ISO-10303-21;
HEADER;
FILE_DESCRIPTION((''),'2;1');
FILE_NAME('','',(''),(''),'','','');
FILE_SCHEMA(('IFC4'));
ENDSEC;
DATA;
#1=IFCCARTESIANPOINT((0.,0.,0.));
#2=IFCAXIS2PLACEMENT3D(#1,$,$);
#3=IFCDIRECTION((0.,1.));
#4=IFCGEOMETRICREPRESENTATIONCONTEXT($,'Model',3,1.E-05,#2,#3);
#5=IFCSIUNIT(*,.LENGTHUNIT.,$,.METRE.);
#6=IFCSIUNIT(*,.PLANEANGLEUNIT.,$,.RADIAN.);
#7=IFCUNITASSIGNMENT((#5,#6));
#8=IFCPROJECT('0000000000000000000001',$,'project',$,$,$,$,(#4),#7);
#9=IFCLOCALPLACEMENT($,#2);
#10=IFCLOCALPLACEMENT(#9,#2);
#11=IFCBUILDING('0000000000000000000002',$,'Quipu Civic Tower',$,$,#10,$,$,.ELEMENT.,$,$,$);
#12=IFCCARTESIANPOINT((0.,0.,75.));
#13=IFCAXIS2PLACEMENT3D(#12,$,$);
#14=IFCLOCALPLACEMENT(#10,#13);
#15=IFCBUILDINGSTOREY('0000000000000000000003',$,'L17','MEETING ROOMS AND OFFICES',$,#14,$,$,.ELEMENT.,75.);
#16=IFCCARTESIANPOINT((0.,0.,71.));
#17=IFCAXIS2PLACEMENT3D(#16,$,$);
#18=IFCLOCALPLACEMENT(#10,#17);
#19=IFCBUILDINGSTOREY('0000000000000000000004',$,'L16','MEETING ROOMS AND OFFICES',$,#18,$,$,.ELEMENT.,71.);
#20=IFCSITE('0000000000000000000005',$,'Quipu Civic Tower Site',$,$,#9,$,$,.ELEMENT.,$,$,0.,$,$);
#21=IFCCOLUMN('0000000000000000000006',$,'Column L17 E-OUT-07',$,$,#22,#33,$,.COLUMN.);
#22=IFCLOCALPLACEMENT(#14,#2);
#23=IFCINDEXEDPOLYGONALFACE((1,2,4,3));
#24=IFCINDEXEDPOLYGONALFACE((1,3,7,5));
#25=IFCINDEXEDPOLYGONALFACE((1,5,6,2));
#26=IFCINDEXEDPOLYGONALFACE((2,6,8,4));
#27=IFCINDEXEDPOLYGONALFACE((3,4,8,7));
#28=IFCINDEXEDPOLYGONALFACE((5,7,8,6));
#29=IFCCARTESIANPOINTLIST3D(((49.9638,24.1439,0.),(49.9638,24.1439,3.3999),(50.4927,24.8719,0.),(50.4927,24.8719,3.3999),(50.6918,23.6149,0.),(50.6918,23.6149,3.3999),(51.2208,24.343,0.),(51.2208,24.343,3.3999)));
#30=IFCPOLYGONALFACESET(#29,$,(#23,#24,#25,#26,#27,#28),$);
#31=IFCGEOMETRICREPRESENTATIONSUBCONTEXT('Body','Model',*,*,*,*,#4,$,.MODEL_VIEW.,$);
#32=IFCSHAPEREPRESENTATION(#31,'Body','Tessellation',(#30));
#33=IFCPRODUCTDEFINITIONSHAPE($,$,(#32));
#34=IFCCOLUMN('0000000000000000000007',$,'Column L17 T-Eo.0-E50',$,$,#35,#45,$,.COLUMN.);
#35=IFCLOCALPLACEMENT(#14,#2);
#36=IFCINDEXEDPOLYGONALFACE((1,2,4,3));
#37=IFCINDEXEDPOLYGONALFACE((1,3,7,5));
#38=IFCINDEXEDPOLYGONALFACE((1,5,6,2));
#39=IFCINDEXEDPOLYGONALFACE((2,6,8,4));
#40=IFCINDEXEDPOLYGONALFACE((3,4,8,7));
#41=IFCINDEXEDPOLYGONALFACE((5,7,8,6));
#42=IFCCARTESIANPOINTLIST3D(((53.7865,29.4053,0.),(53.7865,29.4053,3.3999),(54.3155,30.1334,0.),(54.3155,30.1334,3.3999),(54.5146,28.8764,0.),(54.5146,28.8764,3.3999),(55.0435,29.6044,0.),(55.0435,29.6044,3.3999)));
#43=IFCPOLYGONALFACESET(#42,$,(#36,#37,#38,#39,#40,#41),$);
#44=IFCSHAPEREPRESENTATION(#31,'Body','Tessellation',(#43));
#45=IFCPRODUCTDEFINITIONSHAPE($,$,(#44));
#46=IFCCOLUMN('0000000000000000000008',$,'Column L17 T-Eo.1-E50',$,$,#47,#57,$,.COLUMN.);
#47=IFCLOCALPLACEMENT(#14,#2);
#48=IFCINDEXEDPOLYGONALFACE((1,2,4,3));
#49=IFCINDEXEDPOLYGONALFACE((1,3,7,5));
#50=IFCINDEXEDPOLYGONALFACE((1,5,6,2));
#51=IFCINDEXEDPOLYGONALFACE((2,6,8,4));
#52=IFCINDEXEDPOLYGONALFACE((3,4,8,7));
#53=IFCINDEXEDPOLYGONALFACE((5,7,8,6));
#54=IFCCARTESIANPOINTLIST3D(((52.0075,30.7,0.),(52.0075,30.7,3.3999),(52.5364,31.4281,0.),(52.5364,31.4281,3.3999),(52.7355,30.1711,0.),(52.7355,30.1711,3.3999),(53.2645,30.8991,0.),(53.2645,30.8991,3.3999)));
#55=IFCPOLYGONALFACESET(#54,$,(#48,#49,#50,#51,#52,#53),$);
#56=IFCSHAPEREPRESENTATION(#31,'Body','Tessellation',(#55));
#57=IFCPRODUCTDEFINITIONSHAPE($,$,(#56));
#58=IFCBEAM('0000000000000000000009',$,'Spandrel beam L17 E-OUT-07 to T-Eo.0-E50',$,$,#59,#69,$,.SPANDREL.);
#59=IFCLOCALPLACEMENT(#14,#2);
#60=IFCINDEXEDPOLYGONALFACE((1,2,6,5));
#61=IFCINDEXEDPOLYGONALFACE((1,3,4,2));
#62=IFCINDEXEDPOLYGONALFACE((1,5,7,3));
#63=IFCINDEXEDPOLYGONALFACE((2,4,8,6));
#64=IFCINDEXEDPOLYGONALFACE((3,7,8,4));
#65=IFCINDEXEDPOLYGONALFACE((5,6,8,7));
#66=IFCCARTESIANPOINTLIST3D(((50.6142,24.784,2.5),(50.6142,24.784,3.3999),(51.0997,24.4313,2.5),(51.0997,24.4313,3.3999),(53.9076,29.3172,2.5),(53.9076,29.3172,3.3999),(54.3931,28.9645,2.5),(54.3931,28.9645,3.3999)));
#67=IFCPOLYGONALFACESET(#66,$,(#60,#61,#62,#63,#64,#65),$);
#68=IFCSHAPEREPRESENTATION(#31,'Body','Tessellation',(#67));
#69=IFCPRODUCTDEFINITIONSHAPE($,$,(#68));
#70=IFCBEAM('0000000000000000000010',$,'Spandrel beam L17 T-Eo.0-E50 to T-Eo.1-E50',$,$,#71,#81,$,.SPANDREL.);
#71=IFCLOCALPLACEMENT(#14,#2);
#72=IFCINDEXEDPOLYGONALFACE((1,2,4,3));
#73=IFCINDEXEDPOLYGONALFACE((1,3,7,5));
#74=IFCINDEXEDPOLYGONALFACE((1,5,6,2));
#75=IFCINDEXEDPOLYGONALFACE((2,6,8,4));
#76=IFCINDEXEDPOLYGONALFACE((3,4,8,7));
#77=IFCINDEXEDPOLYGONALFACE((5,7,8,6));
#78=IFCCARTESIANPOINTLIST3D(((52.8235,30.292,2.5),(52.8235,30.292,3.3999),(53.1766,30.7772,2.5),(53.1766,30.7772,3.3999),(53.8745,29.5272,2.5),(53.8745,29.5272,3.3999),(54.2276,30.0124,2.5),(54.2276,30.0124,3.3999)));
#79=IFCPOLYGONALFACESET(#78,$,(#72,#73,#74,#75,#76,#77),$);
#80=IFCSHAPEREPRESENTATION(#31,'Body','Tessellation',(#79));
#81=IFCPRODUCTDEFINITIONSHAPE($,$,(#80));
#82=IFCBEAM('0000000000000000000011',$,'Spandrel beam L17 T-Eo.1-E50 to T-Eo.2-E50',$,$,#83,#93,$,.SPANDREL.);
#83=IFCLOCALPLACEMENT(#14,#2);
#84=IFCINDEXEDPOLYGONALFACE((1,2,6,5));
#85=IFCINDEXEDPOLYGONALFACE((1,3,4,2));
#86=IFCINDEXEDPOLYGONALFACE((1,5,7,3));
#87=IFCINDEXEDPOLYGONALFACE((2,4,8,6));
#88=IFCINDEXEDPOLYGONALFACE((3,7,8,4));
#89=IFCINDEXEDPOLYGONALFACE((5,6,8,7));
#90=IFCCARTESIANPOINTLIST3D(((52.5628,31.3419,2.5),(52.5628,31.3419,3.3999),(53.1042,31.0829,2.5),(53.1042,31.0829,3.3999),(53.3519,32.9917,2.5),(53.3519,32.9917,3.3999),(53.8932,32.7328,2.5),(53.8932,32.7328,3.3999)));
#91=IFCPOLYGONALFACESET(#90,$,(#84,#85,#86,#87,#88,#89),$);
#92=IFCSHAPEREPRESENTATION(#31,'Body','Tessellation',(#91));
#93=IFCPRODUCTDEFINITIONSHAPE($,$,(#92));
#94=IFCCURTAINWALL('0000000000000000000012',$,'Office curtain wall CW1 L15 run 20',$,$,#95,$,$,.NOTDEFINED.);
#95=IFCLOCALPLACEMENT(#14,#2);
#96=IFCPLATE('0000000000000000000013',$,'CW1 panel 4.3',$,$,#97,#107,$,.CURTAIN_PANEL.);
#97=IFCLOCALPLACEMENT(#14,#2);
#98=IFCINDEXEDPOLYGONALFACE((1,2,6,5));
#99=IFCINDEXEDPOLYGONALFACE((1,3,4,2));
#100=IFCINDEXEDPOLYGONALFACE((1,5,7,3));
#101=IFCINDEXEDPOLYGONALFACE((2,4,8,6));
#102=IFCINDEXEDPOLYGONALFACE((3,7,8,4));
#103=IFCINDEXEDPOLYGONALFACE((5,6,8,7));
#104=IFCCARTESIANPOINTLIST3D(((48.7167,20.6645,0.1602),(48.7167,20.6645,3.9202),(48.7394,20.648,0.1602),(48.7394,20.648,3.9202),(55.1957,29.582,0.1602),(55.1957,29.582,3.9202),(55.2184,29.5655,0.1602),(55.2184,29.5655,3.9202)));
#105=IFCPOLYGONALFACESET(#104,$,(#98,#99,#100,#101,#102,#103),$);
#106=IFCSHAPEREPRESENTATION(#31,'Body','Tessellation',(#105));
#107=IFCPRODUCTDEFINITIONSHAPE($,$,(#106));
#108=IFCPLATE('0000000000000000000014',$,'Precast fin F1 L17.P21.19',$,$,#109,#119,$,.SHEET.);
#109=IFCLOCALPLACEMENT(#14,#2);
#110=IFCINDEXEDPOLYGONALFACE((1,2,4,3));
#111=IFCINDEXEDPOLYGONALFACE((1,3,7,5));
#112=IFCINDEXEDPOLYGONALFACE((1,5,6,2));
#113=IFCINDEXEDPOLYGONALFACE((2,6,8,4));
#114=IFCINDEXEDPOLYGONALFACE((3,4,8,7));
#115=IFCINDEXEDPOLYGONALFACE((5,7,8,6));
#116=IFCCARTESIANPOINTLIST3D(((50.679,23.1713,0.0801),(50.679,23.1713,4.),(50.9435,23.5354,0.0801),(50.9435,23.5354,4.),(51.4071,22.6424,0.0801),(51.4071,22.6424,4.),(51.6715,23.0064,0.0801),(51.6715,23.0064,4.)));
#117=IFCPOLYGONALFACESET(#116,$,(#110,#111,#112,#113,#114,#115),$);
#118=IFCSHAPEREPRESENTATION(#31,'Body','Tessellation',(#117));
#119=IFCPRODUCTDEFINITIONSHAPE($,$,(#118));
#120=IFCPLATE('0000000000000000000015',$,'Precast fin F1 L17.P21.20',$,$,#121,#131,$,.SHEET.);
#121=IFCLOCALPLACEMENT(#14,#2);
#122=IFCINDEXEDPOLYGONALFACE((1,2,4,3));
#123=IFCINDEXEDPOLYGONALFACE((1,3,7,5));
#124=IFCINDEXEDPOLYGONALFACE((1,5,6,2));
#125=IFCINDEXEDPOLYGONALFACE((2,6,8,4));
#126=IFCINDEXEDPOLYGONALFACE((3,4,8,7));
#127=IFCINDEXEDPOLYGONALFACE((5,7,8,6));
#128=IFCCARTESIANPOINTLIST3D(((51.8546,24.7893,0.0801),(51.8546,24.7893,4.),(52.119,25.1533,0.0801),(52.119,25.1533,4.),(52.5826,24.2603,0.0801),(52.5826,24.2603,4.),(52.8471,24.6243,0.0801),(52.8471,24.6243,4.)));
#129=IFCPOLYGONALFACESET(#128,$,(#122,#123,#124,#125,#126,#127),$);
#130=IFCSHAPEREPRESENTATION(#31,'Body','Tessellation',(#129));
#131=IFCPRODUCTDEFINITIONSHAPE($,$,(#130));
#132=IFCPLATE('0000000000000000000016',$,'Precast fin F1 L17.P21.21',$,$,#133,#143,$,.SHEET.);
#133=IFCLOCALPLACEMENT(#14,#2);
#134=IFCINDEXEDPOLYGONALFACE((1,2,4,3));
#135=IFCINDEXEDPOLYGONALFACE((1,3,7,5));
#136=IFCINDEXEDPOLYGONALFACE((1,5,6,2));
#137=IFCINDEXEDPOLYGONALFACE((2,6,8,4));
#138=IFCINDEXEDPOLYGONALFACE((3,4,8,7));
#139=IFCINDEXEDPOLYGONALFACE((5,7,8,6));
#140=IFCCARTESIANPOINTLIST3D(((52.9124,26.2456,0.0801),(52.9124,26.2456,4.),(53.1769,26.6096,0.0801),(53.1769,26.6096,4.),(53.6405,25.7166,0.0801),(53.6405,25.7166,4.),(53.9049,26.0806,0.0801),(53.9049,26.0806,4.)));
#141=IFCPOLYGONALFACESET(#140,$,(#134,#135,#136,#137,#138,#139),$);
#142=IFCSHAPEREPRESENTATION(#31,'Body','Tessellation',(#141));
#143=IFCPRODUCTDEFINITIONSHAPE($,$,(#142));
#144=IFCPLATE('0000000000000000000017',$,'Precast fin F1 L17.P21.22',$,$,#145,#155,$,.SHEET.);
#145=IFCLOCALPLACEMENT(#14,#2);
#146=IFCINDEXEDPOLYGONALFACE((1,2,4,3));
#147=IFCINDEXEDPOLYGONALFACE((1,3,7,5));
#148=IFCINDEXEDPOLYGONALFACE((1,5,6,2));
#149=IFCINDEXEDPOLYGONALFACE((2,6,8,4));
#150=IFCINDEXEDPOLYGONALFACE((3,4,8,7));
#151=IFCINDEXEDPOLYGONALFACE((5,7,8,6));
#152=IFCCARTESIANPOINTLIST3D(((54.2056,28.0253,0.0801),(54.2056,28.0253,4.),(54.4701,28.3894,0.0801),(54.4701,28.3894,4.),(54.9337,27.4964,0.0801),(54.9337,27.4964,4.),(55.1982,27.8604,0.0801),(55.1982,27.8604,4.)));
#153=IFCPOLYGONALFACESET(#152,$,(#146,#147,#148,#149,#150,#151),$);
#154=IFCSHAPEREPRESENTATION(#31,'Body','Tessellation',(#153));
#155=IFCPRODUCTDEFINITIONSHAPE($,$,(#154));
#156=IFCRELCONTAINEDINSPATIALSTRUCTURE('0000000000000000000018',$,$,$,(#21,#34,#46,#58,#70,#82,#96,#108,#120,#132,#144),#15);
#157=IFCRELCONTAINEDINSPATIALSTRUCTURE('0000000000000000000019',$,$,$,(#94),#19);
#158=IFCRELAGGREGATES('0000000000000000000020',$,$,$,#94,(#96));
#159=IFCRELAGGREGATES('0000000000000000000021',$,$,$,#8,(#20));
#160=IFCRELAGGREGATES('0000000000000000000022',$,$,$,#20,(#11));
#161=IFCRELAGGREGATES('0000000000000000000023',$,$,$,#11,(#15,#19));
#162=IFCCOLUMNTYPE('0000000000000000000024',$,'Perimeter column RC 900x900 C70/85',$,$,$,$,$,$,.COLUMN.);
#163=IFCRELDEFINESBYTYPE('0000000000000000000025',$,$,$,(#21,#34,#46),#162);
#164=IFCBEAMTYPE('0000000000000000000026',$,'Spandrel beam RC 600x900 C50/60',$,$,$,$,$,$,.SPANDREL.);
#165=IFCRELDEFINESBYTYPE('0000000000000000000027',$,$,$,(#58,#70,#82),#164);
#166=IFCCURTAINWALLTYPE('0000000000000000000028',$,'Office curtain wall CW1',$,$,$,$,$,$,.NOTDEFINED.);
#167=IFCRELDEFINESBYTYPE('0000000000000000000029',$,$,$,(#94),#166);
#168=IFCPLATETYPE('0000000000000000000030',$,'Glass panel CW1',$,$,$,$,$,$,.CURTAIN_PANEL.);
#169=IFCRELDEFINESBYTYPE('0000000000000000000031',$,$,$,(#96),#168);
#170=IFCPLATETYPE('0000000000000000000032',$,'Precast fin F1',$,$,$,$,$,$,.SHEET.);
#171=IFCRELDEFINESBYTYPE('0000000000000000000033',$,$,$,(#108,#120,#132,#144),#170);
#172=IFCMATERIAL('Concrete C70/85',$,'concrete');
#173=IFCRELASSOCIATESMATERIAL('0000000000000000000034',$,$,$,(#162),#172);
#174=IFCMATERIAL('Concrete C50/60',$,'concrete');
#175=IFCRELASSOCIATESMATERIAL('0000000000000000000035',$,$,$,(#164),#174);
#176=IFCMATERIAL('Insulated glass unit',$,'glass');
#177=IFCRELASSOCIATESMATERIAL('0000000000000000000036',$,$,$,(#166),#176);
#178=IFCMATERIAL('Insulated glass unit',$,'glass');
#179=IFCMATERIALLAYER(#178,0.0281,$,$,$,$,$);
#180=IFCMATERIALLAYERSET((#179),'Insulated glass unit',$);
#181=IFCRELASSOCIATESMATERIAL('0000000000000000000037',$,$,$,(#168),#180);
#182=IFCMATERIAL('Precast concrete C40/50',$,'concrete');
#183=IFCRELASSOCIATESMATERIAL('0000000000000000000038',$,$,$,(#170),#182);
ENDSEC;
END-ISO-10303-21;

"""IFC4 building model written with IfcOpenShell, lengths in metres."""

from ifc_helpers import new_model, si_unit, direction, frame, origin, origin_2d, place, context, subcontext, project, spatial, rectangle, extrude, material, layer, layer_set, material_profile, profile_set, type_object, element, aggregate, save


model = new_model("IFC4")

# Units and contexts
model_context = context("Model", 3, precision=1e-05, world=origin(), true_north=direction((0.0, 1.0)))
body_context = subcontext(model_context, "Body", "Model", "MODEL_VIEW")
ifc_project = project(units=[si_unit("LENGTHUNIT", "METRE"), si_unit("PLANEANGLEUNIT", "RADIAN")], contexts=[model_context])

# Site, building, storey
site_placement = place(None, origin())
site = spatial("IfcSite", under=ifc_project, at=site_placement, Name="Quipu Civic Tower Site", CompositionType="ELEMENT", RefElevation=0.0)
building_placement = place(site_placement, origin())
building = spatial("IfcBuilding", under=site, at=building_placement, Name="Quipu Civic Tower", CompositionType="ELEMENT")
storey_1_placement = place(building_placement, frame((0.0, 0.0, 75.0)))
storey_1 = spatial("IfcBuildingStorey", under=building, at=storey_1_placement, Name="L17", Description="MEETING ROOMS AND OFFICES", CompositionType="ELEMENT", Elevation=75.0)

# Columns
ifc_material_1 = material(Name="Concrete C70/85", Category="concrete")
ifc_material_profile_1 = material_profile(ifc_material_1, rectangle(XDim=0.8999, YDim=0.8999, at=origin_2d()), Name="RC900x900")
ifc_profile_set_1 = profile_set([ifc_material_profile_1], Name="Concrete C70/85")
column_type = type_object("IfcColumnType", Name="Perimeter column RC 900x900 C70/85", PredefinedType="COLUMN", material=ifc_profile_set_1)
for number, where, z_axis, x_axis, name in (
    (1, (50.5923, 24.2434, 0.0), (0.0, 0.0, 1.0), (0.587785, 0.809017, 0.0), "Column L17 E-OUT-07"),
    (2, (54.415, 29.5049, 0.0), (0.0, 0.0, 1.0), (0.587785, 0.809017, 0.0), "Column L17 T-Eo.0-E50"),
    (3, (52.636, 30.7996, 0.0), (0.0, 0.0, 1.0), (-0.809017, 0.587785, 0.0), "Column L17 T-Eo.1-E50"),
):
    element("IfcColumn", number, at=place(storey_1_placement, frame(where, z_axis=z_axis, x_axis=x_axis)), inside=storey_1, type_object=column_type, Name=name, PredefinedType="COLUMN", context=body_context, shape_type="SweptSolid", body=[
        extrude(rectangle(XDim=0.8999, YDim=0.8999, at=origin_2d()), origin(), (0.0, 0.0, 1.0), 3.3999),
    ])

# Beams
ifc_material_2 = material(Name="Concrete C50/60", Category="concrete")
ifc_material_profile_2 = material_profile(ifc_material_2, rectangle(XDim=0.6001, YDim=0.8999, at=origin_2d()), Name="RC600x900")
ifc_profile_set_2 = profile_set([ifc_material_profile_2], Name="Concrete C50/60")
beam_type = type_object("IfcBeamType", Name="Spandrel beam RC 600x900 C50/60", PredefinedType="SPANDREL", material=ifc_profile_set_2)
beam_1_placement = place(storey_1_placement, frame((50.8569, 24.6077, 2.95), z_axis=(0.587773, 0.809026, 0.0), x_axis=(-0.809026, 0.587773, 0.0)))
element("IfcBeam", 4, at=beam_1_placement, inside=storey_1, type_object=beam_type, Name="Spandrel beam L17 E-OUT-07 to T-Eo.0-E50", PredefinedType="SPANDREL", context=body_context, shape_type="SweptSolid", body=[
    extrude(rectangle(XDim=0.6001, YDim=0.8999, at=origin_2d()), origin(), (0.0, 0.0, 1.0), 5.6033),
])
beam_2_placement = place(storey_1_placement, frame((54.051, 29.7698, 2.95), z_axis=(-0.808549, 0.588429, 0.0), x_axis=(-0.588429, -0.808549, 0.0)))
element("IfcBeam", 5, at=beam_2_placement, inside=storey_1, type_object=beam_type, Name="Spandrel beam L17 T-Eo.0-E50 to T-Eo.1-E50", PredefinedType="SPANDREL", context=body_context, shape_type="SweptSolid", body=[
    extrude(rectangle(XDim=0.6001, YDim=0.8999, at=origin_2d()), origin(), (0.0, 0.0, 1.0), 1.2998),
])
beam_3_placement = place(storey_1_placement, frame((52.8335, 31.2124, 2.95), z_axis=(0.431446, 0.902139, 0.0), x_axis=(-0.902139, 0.431446, 0.0)))
element("IfcBeam", 6, at=beam_3_placement, inside=storey_1, type_object=beam_type, Name="Spandrel beam L17 T-Eo.1-E50 to T-Eo.2-E50", PredefinedType="SPANDREL", context=body_context, shape_type="SweptSolid", body=[
    extrude(rectangle(XDim=0.6001, YDim=0.8999, at=origin_2d()), origin(), (0.0, 0.0, 1.0), 1.8289),
])

# Shared definitions
storey_2_placement = place(building_placement, frame((0.0, 0.0, 71.0)))
storey_2 = spatial("IfcBuildingStorey", under=building, at=storey_2_placement, Name="L16", Description="MEETING ROOMS AND OFFICES", CompositionType="ELEMENT", Elevation=71.0)

# Curtain wall, plate
ifc_material_3 = material(Name="Insulated glass unit", Category="glass")
curtain_wall_type = type_object("IfcCurtainWallType", Name="Office curtain wall CW1", PredefinedType="NOTDEFINED", material=ifc_material_3)
curtain_wall_placement = place(storey_2_placement, origin())
curtain_wall = element("IfcCurtainWall", 7, at=curtain_wall_placement, inside=storey_2, type_object=curtain_wall_type, Name="Office curtain wall CW1 L15 run 20", PredefinedType="NOTDEFINED")
ifc_material_4 = material(Name="Insulated glass unit", Category="glass")
ifc_layer_1 = layer(ifc_material_4, 0.0281)
ifc_layer_set_1 = layer_set([ifc_layer_1], Name="Insulated glass unit")
plate_type_1 = type_object("IfcPlateType", Name="Glass panel CW1", PredefinedType="CURTAIN_PANEL", material=ifc_layer_set_1)
plate_placement = place(storey_1_placement, frame((51.9675, 25.115, 0.1602), z_axis=(0.0, 0.0, 1.0), x_axis=(0.587786, 0.809017, 0.0)))
plate = element("IfcPlate", 8, at=plate_placement, inside=storey_1, type_object=plate_type_1, Name="CW1 panel 4.3", PredefinedType="CURTAIN_PANEL", context=body_context, shape_type="SweptSolid", body=[
    extrude(rectangle(XDim=11.0227, YDim=0.0281, at=origin_2d()), origin(), (0.0, 0.0, 1.0), 3.76),
])
aggregate(curtain_wall, [plate])

# Plates
ifc_material_5 = material(Name="Precast concrete C40/50", Category="concrete")
plate_type_2 = type_object("IfcPlateType", Name="Precast fin F1", PredefinedType="SHEET", material=ifc_material_5)
for number, where, z_axis, x_axis, name in (
    (9, (51.1753, 23.0889, 0.0801), (0.0, 0.0, 1.0), (0.587786, 0.809017, 0.0), "Precast fin F1 L17.P21.19"),
    (10, (52.3508, 24.7068, 0.0801), (0.0, 0.0, 1.0), (0.587786, 0.809017, 0.0), "Precast fin F1 L17.P21.20"),
    (11, (53.4087, 26.1631, 0.0801), (0.0, 0.0, 1.0), (0.587786, 0.809017, 0.0), "Precast fin F1 L17.P21.21"),
    (12, (54.7019, 27.9429, 0.0801), (0.0, 0.0, 1.0), (0.587786, 0.809017, 0.0), "Precast fin F1 L17.P21.22"),
):
    element("IfcPlate", number, at=place(storey_1_placement, frame(where, z_axis=z_axis, x_axis=x_axis)), inside=storey_1, type_object=plate_type_2, Name=name, PredefinedType="SHEET", context=body_context, shape_type="SweptSolid", body=[
        extrude(rectangle(XDim=0.45, YDim=0.8999, at=origin_2d()), origin(), (0.0, 0.0, 1.0), 3.9199),
    ])

save(model, "model.ifc")
